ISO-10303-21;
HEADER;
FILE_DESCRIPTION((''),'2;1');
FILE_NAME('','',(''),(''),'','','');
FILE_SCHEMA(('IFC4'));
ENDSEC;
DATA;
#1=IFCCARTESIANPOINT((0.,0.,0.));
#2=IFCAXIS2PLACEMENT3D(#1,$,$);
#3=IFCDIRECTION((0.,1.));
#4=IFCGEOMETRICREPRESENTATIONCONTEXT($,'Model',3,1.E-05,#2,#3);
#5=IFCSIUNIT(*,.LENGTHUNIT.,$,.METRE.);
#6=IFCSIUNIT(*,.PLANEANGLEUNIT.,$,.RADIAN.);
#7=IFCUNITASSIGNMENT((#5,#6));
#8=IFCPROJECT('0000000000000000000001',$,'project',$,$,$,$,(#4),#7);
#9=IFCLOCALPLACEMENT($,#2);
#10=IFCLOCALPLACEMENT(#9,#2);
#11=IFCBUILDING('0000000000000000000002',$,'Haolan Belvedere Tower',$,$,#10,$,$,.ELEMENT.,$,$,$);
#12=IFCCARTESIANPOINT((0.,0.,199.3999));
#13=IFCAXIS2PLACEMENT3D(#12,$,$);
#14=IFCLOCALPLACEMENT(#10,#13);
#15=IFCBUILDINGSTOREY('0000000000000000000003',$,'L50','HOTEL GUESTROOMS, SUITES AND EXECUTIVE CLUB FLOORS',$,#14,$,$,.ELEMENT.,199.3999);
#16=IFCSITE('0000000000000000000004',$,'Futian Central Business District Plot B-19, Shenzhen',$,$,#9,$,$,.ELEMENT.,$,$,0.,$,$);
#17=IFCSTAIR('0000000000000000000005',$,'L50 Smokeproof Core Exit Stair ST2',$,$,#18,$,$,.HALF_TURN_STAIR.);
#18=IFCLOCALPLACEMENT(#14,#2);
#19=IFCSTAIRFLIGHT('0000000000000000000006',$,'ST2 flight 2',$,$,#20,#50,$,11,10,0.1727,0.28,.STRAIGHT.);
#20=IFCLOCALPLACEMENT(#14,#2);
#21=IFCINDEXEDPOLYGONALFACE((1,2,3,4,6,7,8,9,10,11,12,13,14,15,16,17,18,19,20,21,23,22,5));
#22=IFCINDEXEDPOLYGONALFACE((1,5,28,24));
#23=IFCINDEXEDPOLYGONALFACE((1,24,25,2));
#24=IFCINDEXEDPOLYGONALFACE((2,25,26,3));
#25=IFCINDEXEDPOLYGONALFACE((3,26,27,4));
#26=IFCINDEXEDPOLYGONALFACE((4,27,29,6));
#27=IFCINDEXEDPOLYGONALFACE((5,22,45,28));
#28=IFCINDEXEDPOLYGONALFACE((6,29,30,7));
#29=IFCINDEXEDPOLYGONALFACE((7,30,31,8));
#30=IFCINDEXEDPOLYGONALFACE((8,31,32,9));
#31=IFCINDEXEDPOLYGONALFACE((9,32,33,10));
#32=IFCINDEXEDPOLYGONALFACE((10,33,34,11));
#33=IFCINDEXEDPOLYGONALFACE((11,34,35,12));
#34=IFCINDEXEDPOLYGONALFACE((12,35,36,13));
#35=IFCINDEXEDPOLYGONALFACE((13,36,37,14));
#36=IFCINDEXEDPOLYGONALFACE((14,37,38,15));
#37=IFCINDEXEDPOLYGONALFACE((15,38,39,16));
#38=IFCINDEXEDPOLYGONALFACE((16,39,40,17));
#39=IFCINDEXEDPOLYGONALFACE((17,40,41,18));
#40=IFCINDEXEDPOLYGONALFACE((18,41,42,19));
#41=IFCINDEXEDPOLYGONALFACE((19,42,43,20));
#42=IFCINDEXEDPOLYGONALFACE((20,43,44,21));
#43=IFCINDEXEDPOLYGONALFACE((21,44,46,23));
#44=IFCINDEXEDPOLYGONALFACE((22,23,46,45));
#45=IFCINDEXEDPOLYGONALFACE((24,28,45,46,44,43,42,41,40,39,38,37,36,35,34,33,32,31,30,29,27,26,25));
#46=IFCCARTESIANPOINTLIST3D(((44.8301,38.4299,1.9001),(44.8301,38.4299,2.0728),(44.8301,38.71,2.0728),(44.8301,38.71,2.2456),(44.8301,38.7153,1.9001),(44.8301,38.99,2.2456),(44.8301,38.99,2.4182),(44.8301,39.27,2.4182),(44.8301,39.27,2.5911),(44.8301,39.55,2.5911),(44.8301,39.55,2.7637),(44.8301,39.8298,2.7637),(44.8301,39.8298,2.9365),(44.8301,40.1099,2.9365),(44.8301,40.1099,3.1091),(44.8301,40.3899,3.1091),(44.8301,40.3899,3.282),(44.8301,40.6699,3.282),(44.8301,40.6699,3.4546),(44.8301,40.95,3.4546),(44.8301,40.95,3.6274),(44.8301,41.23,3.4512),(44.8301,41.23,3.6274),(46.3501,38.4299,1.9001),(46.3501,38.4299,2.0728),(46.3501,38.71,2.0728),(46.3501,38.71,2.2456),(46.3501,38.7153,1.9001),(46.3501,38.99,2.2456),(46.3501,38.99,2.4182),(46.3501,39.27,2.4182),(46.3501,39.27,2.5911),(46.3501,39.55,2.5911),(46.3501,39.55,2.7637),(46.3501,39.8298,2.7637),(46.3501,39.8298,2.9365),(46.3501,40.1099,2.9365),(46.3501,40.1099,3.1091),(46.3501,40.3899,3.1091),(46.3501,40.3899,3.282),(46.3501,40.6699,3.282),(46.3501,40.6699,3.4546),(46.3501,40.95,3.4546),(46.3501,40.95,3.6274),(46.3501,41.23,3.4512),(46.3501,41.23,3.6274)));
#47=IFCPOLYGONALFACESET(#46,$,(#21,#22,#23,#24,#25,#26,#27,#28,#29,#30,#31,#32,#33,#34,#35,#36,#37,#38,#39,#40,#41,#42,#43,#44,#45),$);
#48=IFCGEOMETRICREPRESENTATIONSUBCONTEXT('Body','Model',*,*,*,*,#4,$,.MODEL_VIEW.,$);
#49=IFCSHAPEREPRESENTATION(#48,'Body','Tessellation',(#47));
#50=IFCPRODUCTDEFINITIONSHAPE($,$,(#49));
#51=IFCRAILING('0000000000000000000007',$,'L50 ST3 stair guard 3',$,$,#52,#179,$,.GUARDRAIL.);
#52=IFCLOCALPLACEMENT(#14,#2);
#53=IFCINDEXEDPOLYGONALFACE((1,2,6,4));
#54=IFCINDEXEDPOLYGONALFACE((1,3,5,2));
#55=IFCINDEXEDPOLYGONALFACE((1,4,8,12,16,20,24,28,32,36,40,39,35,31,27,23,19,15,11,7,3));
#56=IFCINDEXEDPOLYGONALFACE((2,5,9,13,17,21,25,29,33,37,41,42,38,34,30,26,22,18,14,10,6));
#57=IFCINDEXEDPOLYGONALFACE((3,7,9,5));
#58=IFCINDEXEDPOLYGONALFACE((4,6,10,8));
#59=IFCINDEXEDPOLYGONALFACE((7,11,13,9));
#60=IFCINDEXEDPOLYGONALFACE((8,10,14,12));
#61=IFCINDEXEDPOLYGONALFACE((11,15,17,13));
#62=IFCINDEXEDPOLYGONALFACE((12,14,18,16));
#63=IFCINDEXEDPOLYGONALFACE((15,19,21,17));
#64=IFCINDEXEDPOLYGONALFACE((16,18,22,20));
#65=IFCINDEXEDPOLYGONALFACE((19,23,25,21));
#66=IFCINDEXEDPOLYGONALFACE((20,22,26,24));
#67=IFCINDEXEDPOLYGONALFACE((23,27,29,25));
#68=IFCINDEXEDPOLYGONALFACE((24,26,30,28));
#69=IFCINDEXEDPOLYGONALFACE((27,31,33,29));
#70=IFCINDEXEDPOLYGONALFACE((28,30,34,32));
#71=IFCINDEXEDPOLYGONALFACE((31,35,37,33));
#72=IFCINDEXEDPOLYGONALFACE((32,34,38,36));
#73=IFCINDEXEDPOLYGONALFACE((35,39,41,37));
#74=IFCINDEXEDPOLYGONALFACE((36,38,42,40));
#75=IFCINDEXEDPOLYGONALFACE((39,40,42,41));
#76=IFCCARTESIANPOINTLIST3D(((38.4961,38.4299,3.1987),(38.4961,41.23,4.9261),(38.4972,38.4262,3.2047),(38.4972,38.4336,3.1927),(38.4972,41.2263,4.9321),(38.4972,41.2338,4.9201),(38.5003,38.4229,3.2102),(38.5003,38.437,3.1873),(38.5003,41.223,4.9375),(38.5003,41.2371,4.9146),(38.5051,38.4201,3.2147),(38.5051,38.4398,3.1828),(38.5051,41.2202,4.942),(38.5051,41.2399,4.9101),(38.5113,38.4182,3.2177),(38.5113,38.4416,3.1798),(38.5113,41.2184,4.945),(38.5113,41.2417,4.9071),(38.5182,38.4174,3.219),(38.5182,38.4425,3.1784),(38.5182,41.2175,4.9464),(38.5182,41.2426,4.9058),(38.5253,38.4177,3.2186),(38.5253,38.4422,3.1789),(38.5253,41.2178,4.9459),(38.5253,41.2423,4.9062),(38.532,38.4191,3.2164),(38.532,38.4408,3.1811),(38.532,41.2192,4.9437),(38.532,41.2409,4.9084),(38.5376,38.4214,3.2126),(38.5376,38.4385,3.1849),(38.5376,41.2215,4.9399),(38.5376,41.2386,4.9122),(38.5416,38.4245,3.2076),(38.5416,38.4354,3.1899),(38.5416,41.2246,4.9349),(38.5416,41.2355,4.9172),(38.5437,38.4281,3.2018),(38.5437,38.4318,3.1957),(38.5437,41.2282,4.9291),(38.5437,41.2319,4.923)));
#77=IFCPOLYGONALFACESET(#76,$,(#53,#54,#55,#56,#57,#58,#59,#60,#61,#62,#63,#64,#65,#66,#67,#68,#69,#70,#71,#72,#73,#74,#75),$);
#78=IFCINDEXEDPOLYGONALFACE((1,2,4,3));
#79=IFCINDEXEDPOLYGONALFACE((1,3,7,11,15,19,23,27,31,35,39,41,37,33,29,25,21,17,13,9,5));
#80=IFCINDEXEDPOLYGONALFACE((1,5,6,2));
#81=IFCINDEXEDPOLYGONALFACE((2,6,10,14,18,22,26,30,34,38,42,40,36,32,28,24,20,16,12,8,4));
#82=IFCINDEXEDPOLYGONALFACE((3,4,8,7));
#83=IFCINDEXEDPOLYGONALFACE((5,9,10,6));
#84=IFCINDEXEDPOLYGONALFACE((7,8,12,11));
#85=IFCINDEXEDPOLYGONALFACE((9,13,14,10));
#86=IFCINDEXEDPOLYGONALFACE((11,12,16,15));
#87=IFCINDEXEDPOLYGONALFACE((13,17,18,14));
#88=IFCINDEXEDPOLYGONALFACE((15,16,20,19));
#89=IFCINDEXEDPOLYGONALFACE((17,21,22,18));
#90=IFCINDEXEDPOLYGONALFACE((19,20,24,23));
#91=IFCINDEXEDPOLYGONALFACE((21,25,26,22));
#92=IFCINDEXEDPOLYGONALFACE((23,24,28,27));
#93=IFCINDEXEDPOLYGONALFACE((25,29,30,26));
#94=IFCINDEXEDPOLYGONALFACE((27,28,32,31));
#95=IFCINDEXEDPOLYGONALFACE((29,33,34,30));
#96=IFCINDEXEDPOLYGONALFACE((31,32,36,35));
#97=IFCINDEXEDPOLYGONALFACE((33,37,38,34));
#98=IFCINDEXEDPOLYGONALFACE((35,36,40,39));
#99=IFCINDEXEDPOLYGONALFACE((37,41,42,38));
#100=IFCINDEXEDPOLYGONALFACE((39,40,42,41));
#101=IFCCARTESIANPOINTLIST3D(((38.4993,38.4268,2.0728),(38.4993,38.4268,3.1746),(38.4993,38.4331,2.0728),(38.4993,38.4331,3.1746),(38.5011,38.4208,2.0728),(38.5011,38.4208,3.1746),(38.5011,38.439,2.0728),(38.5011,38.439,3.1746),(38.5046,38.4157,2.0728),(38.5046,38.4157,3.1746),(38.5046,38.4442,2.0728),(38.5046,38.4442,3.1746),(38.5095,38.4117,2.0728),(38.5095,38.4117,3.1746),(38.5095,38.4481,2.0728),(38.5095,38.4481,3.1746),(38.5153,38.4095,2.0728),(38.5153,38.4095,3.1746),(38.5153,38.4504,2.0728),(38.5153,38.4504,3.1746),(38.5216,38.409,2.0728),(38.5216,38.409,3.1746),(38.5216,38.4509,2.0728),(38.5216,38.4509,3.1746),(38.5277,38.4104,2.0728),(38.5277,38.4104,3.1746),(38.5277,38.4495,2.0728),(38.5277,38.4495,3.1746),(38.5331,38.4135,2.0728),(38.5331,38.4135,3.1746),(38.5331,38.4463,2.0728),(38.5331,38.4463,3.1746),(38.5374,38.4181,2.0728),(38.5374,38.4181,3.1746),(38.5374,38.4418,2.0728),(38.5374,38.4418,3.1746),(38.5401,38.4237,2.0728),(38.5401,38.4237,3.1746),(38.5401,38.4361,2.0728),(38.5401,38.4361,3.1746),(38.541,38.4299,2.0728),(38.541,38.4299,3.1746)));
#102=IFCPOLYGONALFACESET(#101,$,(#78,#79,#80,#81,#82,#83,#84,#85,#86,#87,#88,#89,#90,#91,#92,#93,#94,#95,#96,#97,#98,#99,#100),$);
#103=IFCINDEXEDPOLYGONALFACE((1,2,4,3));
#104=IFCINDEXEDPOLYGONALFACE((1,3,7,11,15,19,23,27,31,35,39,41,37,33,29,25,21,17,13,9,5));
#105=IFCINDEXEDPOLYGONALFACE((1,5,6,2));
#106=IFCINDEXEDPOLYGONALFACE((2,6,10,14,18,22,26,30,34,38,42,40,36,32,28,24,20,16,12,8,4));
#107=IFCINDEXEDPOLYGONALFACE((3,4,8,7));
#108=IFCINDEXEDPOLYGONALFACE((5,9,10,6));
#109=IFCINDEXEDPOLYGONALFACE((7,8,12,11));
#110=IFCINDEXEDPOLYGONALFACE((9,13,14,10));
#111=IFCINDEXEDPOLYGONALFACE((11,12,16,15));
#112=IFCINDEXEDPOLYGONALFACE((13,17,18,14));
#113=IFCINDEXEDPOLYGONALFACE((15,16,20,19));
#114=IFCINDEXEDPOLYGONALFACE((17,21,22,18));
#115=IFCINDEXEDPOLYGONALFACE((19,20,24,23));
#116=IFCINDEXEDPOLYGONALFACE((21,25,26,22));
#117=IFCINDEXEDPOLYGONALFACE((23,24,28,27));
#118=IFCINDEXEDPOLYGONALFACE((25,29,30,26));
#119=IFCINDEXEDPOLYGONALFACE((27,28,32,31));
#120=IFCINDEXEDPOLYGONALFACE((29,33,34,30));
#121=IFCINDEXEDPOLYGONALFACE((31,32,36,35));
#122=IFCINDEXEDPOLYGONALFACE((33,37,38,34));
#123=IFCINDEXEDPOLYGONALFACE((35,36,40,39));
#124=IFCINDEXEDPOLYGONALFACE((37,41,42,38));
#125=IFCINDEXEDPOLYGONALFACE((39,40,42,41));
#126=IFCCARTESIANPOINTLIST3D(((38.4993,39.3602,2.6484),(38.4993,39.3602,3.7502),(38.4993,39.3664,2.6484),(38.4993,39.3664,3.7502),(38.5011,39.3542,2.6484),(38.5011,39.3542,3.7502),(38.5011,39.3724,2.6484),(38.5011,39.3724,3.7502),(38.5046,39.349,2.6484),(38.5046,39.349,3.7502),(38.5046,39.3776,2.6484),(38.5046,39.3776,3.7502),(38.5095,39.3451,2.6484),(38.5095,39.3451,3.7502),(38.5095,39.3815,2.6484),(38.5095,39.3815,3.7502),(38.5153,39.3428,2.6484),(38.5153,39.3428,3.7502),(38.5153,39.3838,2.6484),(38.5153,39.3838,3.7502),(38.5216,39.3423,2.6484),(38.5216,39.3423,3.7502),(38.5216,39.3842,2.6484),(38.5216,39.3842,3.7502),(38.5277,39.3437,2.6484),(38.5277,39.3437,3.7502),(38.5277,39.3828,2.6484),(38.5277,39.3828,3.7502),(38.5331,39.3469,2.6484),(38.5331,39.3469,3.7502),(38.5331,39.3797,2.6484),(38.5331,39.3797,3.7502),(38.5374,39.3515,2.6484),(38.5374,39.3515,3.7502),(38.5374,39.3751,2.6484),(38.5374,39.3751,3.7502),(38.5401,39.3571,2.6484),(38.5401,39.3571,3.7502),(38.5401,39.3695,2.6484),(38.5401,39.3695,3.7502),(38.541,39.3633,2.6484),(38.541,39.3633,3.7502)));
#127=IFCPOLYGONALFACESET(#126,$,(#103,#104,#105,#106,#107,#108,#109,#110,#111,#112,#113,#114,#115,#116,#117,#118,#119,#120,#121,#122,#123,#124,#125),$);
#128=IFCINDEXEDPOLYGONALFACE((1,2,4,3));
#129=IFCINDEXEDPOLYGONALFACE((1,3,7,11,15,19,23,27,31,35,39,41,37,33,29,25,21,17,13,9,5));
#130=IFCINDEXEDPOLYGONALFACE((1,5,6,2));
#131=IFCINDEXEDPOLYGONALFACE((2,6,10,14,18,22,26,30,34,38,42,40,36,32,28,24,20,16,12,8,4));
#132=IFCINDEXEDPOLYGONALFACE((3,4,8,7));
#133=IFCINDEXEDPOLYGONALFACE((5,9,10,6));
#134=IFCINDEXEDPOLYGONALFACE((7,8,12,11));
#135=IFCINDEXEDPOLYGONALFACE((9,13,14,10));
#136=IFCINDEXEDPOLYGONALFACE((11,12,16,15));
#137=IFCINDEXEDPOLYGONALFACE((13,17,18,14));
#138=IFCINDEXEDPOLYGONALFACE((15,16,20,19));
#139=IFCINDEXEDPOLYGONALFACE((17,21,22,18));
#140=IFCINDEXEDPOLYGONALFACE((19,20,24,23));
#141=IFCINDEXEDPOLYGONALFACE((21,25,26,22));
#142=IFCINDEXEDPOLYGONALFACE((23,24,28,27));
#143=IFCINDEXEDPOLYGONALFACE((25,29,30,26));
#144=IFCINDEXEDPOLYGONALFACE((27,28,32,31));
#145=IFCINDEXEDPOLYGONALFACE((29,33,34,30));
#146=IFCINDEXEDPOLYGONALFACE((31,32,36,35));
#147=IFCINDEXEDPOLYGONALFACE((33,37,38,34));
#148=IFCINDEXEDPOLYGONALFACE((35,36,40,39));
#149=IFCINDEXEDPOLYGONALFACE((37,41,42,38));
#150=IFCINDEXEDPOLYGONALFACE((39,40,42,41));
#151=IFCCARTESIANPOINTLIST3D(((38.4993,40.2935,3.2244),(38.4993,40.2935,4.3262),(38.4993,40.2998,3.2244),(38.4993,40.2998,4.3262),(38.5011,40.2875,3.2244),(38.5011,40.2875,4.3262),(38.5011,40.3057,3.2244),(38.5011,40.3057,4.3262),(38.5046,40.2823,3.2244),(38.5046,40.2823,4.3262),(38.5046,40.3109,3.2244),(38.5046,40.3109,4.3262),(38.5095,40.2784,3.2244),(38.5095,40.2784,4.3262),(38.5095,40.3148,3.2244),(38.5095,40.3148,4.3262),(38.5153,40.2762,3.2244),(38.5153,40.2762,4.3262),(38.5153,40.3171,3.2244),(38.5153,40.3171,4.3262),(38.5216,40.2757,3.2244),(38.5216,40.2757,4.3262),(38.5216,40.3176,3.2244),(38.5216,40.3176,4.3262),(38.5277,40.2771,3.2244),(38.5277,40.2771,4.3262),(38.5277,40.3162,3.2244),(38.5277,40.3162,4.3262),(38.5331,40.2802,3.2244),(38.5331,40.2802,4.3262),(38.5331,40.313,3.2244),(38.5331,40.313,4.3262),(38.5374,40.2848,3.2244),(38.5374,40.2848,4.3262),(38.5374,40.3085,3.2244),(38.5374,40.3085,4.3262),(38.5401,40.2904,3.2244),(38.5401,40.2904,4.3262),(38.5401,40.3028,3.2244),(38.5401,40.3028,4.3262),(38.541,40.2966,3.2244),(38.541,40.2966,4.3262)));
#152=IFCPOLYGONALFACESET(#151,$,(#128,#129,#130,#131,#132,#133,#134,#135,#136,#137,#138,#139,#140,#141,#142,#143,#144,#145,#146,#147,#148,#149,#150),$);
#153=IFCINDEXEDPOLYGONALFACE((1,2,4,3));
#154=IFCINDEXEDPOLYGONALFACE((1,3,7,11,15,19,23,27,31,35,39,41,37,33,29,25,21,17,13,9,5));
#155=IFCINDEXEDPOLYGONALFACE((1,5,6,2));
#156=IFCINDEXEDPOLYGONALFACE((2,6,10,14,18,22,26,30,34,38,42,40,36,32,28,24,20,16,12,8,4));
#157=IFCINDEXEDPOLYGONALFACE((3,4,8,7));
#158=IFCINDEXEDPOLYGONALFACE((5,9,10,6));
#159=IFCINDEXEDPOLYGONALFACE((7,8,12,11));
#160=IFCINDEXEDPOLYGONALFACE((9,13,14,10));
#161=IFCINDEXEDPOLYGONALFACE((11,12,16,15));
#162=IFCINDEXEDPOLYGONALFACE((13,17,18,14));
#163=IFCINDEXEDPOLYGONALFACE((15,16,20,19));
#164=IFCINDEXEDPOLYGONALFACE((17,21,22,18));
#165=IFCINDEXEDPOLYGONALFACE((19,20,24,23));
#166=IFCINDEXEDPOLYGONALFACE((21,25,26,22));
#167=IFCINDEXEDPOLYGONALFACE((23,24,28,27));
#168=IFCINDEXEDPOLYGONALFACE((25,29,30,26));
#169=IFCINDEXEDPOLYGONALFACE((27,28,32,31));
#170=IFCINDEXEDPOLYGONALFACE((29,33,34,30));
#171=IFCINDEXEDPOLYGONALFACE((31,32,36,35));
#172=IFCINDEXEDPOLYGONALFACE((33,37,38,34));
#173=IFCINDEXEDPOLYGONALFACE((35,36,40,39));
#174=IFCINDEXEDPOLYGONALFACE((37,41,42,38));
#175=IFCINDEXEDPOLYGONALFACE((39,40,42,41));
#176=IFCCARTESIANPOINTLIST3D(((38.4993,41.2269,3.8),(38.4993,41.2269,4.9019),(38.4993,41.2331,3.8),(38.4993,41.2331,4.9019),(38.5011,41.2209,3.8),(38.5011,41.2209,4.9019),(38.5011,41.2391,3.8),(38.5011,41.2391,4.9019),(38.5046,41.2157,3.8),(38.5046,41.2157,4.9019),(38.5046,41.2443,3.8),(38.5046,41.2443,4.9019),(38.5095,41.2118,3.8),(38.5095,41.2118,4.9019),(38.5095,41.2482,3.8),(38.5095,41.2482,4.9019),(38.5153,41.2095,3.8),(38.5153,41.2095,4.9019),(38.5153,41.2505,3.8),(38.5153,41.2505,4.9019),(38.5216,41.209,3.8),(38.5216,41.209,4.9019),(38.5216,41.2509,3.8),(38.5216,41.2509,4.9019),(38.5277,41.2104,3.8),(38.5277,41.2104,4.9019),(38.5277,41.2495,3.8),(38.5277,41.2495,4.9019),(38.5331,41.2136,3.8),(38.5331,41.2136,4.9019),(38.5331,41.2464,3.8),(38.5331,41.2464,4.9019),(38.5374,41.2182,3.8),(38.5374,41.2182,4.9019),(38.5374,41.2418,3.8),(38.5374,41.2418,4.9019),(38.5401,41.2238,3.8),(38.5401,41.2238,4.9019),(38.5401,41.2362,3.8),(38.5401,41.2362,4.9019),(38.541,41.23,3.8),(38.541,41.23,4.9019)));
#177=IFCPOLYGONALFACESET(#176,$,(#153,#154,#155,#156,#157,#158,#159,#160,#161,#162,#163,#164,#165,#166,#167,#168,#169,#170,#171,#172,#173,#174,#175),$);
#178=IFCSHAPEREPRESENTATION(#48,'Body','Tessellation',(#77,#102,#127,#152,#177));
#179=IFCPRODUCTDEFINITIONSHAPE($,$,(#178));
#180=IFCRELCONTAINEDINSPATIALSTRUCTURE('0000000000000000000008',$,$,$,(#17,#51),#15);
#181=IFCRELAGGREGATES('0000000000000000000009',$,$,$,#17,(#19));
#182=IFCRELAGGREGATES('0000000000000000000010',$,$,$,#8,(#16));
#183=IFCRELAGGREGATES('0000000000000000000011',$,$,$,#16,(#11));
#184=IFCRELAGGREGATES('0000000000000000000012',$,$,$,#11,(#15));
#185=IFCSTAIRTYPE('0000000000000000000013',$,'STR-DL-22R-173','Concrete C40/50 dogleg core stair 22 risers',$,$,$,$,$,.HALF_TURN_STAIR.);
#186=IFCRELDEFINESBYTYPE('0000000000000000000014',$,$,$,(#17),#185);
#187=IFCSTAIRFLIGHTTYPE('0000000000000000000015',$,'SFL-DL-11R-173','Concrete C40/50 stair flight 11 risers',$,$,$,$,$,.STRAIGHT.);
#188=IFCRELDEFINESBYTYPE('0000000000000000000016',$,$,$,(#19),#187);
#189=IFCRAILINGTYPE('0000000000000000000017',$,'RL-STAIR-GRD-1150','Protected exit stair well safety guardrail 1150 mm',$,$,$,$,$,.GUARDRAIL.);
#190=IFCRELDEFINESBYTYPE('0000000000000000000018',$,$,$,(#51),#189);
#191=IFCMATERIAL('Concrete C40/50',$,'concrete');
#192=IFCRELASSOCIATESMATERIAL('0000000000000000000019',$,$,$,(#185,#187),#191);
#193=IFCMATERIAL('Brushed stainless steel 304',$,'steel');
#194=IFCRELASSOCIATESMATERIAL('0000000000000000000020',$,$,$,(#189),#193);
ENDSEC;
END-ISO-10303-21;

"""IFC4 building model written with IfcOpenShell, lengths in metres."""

from ifc_helpers import new_model, si_unit, direction, frame, origin, origin_2d, place, context, subcontext, project, spatial, polyline, circle, outline, extrude, material, type_object, element, aggregate, save


model = new_model("IFC4")

# Units and contexts
model_context = context("Model", 3, precision=1e-05, world=origin(), true_north=direction((0.0, 1.0)))
body_context = subcontext(model_context, "Body", "Model", "MODEL_VIEW")
ifc_project = project(units=[si_unit("LENGTHUNIT", "METRE"), si_unit("PLANEANGLEUNIT", "RADIAN")], contexts=[model_context])

# Site, building, storey
site_placement = place(None, origin())
site = spatial("IfcSite", under=ifc_project, at=site_placement, Name="Futian Central Business District Plot B-19, Shenzhen", CompositionType="ELEMENT", RefElevation=0.0)
building_placement = place(site_placement, origin())
building = spatial("IfcBuilding", under=site, at=building_placement, Name="Haolan Belvedere Tower", CompositionType="ELEMENT")
storey_placement = place(building_placement, frame((0.0, 0.0, 199.3999)))
storey = spatial("IfcBuildingStorey", under=building, at=storey_placement, Name="L50", Description="HOTEL GUESTROOMS, SUITES AND EXECUTIVE CLUB FLOORS", CompositionType="ELEMENT", Elevation=199.3999)

# Shared definitions
ifc_material_1 = material(Name="Concrete C40/50", Category="concrete")

# Shared definitions
stair_type = type_object("IfcStairType", Name="STR-DL-22R-173", Description="Concrete C40/50 dogleg core stair 22 risers", PredefinedType="HALF_TURN_STAIR", material=ifc_material_1)
stair_flight_type = type_object("IfcStairFlightType", Name="SFL-DL-11R-173", Description="Concrete C40/50 stair flight 11 risers", PredefinedType="STRAIGHT", material=ifc_material_1)

# Stair, stair flight
stair_1_placement = place(storey_placement, origin())
stair_1 = element("IfcStair", 1, at=stair_1_placement, inside=storey, type_object=stair_type, Name="L50 Smokeproof Core Exit Stair ST2", PredefinedType="HALF_TURN_STAIR")
stair_flight_1_placement = place(storey_placement, frame((45.5901, 38.4299, 1.9001), z_axis=(0.0, 0.0, 1.0), x_axis=(0.0, 1.0, 0.0)))
stair_flight_1 = element("IfcStairFlight", 2, at=stair_flight_1_placement, type_object=stair_flight_type, Name="ST2 flight 2", NumberOfRisers=11, NumberOfTreads=10, PredefinedType="STRAIGHT", RiserHeight=0.1727, TreadLength=0.28, context=body_context, shape_type="SweptSolid", body=[
    extrude(outline(polyline([(0.0, 0.0), (0.0, 0.1726), (0.28, 0.1726), (0.28, 0.3455), (0.5601, 0.3455), (0.5601, 0.5181), (0.8401, 0.5181), (0.8401, 0.6909), (1.1201, 0.6909), (1.1201, 0.8635), (1.3999, 0.8635), (1.3999, 1.0364), (1.6799, 1.0364), (1.6799, 1.209), (1.96, 1.209), (1.96, 1.3818), (2.24, 1.3818), (2.24, 1.5544), (2.52, 1.5544), (2.52, 1.7273), (2.8, 1.7273), (2.8, 1.8999), (2.8, 1.551), (0.2854, 0.0), (0.0, 0.0)])), frame((0.0, 0.76, 0.0), z_axis=(0.0, -1.0, 0.0), x_axis=(1.0, 0.0, 0.0)), (0.0, 0.0, 1.0), 1.52),
])
aggregate(stair_1, [stair_flight_1])

# Railing
ifc_material_2 = material(Name="Brushed stainless steel 304", Category="steel")
railing_type_1 = type_object("IfcRailingType", Name="RL-STAIR-GRD-1150", Description="Protected exit stair well safety guardrail 1150 mm", PredefinedType="GUARDRAIL", material=ifc_material_2)
railing_1_placement = place(storey_placement, frame((38.52, 38.4299, 2.0728)))
element("IfcRailing", 3, at=railing_1_placement, inside=storey, type_object=railing_type_1, Name="L50 ST3 stair guard 3", PredefinedType="GUARDRAIL", context=body_context, shape_type="SweptSolid", body=[
    extrude(circle(Radius=0.0239, at=origin_2d()), frame((0.0, 0.0, 1.126), z_axis=(0.0, 0.85109, 0.52502), x_axis=(-1.0, 0.0, 0.0)), (0.0, 0.0, 1.0), 3.29),
    extrude(circle(Radius=0.021, at=origin_2d()), origin(), (0.0, 0.0, 1.0), 1.1018),
    extrude(circle(Radius=0.021, at=origin_2d()), frame((0.0, 0.9333, 0.5757)), (0.0, 0.0, 1.0), 1.1018),
    extrude(circle(Radius=0.021, at=origin_2d()), frame((0.0, 1.8667, 1.1516)), (0.0, 0.0, 1.0), 1.1018),
    extrude(circle(Radius=0.021, at=origin_2d()), frame((0.0, 2.8, 1.7273)), (0.0, 0.0, 1.0), 1.1018),
])

save(model, "model.ifc")
